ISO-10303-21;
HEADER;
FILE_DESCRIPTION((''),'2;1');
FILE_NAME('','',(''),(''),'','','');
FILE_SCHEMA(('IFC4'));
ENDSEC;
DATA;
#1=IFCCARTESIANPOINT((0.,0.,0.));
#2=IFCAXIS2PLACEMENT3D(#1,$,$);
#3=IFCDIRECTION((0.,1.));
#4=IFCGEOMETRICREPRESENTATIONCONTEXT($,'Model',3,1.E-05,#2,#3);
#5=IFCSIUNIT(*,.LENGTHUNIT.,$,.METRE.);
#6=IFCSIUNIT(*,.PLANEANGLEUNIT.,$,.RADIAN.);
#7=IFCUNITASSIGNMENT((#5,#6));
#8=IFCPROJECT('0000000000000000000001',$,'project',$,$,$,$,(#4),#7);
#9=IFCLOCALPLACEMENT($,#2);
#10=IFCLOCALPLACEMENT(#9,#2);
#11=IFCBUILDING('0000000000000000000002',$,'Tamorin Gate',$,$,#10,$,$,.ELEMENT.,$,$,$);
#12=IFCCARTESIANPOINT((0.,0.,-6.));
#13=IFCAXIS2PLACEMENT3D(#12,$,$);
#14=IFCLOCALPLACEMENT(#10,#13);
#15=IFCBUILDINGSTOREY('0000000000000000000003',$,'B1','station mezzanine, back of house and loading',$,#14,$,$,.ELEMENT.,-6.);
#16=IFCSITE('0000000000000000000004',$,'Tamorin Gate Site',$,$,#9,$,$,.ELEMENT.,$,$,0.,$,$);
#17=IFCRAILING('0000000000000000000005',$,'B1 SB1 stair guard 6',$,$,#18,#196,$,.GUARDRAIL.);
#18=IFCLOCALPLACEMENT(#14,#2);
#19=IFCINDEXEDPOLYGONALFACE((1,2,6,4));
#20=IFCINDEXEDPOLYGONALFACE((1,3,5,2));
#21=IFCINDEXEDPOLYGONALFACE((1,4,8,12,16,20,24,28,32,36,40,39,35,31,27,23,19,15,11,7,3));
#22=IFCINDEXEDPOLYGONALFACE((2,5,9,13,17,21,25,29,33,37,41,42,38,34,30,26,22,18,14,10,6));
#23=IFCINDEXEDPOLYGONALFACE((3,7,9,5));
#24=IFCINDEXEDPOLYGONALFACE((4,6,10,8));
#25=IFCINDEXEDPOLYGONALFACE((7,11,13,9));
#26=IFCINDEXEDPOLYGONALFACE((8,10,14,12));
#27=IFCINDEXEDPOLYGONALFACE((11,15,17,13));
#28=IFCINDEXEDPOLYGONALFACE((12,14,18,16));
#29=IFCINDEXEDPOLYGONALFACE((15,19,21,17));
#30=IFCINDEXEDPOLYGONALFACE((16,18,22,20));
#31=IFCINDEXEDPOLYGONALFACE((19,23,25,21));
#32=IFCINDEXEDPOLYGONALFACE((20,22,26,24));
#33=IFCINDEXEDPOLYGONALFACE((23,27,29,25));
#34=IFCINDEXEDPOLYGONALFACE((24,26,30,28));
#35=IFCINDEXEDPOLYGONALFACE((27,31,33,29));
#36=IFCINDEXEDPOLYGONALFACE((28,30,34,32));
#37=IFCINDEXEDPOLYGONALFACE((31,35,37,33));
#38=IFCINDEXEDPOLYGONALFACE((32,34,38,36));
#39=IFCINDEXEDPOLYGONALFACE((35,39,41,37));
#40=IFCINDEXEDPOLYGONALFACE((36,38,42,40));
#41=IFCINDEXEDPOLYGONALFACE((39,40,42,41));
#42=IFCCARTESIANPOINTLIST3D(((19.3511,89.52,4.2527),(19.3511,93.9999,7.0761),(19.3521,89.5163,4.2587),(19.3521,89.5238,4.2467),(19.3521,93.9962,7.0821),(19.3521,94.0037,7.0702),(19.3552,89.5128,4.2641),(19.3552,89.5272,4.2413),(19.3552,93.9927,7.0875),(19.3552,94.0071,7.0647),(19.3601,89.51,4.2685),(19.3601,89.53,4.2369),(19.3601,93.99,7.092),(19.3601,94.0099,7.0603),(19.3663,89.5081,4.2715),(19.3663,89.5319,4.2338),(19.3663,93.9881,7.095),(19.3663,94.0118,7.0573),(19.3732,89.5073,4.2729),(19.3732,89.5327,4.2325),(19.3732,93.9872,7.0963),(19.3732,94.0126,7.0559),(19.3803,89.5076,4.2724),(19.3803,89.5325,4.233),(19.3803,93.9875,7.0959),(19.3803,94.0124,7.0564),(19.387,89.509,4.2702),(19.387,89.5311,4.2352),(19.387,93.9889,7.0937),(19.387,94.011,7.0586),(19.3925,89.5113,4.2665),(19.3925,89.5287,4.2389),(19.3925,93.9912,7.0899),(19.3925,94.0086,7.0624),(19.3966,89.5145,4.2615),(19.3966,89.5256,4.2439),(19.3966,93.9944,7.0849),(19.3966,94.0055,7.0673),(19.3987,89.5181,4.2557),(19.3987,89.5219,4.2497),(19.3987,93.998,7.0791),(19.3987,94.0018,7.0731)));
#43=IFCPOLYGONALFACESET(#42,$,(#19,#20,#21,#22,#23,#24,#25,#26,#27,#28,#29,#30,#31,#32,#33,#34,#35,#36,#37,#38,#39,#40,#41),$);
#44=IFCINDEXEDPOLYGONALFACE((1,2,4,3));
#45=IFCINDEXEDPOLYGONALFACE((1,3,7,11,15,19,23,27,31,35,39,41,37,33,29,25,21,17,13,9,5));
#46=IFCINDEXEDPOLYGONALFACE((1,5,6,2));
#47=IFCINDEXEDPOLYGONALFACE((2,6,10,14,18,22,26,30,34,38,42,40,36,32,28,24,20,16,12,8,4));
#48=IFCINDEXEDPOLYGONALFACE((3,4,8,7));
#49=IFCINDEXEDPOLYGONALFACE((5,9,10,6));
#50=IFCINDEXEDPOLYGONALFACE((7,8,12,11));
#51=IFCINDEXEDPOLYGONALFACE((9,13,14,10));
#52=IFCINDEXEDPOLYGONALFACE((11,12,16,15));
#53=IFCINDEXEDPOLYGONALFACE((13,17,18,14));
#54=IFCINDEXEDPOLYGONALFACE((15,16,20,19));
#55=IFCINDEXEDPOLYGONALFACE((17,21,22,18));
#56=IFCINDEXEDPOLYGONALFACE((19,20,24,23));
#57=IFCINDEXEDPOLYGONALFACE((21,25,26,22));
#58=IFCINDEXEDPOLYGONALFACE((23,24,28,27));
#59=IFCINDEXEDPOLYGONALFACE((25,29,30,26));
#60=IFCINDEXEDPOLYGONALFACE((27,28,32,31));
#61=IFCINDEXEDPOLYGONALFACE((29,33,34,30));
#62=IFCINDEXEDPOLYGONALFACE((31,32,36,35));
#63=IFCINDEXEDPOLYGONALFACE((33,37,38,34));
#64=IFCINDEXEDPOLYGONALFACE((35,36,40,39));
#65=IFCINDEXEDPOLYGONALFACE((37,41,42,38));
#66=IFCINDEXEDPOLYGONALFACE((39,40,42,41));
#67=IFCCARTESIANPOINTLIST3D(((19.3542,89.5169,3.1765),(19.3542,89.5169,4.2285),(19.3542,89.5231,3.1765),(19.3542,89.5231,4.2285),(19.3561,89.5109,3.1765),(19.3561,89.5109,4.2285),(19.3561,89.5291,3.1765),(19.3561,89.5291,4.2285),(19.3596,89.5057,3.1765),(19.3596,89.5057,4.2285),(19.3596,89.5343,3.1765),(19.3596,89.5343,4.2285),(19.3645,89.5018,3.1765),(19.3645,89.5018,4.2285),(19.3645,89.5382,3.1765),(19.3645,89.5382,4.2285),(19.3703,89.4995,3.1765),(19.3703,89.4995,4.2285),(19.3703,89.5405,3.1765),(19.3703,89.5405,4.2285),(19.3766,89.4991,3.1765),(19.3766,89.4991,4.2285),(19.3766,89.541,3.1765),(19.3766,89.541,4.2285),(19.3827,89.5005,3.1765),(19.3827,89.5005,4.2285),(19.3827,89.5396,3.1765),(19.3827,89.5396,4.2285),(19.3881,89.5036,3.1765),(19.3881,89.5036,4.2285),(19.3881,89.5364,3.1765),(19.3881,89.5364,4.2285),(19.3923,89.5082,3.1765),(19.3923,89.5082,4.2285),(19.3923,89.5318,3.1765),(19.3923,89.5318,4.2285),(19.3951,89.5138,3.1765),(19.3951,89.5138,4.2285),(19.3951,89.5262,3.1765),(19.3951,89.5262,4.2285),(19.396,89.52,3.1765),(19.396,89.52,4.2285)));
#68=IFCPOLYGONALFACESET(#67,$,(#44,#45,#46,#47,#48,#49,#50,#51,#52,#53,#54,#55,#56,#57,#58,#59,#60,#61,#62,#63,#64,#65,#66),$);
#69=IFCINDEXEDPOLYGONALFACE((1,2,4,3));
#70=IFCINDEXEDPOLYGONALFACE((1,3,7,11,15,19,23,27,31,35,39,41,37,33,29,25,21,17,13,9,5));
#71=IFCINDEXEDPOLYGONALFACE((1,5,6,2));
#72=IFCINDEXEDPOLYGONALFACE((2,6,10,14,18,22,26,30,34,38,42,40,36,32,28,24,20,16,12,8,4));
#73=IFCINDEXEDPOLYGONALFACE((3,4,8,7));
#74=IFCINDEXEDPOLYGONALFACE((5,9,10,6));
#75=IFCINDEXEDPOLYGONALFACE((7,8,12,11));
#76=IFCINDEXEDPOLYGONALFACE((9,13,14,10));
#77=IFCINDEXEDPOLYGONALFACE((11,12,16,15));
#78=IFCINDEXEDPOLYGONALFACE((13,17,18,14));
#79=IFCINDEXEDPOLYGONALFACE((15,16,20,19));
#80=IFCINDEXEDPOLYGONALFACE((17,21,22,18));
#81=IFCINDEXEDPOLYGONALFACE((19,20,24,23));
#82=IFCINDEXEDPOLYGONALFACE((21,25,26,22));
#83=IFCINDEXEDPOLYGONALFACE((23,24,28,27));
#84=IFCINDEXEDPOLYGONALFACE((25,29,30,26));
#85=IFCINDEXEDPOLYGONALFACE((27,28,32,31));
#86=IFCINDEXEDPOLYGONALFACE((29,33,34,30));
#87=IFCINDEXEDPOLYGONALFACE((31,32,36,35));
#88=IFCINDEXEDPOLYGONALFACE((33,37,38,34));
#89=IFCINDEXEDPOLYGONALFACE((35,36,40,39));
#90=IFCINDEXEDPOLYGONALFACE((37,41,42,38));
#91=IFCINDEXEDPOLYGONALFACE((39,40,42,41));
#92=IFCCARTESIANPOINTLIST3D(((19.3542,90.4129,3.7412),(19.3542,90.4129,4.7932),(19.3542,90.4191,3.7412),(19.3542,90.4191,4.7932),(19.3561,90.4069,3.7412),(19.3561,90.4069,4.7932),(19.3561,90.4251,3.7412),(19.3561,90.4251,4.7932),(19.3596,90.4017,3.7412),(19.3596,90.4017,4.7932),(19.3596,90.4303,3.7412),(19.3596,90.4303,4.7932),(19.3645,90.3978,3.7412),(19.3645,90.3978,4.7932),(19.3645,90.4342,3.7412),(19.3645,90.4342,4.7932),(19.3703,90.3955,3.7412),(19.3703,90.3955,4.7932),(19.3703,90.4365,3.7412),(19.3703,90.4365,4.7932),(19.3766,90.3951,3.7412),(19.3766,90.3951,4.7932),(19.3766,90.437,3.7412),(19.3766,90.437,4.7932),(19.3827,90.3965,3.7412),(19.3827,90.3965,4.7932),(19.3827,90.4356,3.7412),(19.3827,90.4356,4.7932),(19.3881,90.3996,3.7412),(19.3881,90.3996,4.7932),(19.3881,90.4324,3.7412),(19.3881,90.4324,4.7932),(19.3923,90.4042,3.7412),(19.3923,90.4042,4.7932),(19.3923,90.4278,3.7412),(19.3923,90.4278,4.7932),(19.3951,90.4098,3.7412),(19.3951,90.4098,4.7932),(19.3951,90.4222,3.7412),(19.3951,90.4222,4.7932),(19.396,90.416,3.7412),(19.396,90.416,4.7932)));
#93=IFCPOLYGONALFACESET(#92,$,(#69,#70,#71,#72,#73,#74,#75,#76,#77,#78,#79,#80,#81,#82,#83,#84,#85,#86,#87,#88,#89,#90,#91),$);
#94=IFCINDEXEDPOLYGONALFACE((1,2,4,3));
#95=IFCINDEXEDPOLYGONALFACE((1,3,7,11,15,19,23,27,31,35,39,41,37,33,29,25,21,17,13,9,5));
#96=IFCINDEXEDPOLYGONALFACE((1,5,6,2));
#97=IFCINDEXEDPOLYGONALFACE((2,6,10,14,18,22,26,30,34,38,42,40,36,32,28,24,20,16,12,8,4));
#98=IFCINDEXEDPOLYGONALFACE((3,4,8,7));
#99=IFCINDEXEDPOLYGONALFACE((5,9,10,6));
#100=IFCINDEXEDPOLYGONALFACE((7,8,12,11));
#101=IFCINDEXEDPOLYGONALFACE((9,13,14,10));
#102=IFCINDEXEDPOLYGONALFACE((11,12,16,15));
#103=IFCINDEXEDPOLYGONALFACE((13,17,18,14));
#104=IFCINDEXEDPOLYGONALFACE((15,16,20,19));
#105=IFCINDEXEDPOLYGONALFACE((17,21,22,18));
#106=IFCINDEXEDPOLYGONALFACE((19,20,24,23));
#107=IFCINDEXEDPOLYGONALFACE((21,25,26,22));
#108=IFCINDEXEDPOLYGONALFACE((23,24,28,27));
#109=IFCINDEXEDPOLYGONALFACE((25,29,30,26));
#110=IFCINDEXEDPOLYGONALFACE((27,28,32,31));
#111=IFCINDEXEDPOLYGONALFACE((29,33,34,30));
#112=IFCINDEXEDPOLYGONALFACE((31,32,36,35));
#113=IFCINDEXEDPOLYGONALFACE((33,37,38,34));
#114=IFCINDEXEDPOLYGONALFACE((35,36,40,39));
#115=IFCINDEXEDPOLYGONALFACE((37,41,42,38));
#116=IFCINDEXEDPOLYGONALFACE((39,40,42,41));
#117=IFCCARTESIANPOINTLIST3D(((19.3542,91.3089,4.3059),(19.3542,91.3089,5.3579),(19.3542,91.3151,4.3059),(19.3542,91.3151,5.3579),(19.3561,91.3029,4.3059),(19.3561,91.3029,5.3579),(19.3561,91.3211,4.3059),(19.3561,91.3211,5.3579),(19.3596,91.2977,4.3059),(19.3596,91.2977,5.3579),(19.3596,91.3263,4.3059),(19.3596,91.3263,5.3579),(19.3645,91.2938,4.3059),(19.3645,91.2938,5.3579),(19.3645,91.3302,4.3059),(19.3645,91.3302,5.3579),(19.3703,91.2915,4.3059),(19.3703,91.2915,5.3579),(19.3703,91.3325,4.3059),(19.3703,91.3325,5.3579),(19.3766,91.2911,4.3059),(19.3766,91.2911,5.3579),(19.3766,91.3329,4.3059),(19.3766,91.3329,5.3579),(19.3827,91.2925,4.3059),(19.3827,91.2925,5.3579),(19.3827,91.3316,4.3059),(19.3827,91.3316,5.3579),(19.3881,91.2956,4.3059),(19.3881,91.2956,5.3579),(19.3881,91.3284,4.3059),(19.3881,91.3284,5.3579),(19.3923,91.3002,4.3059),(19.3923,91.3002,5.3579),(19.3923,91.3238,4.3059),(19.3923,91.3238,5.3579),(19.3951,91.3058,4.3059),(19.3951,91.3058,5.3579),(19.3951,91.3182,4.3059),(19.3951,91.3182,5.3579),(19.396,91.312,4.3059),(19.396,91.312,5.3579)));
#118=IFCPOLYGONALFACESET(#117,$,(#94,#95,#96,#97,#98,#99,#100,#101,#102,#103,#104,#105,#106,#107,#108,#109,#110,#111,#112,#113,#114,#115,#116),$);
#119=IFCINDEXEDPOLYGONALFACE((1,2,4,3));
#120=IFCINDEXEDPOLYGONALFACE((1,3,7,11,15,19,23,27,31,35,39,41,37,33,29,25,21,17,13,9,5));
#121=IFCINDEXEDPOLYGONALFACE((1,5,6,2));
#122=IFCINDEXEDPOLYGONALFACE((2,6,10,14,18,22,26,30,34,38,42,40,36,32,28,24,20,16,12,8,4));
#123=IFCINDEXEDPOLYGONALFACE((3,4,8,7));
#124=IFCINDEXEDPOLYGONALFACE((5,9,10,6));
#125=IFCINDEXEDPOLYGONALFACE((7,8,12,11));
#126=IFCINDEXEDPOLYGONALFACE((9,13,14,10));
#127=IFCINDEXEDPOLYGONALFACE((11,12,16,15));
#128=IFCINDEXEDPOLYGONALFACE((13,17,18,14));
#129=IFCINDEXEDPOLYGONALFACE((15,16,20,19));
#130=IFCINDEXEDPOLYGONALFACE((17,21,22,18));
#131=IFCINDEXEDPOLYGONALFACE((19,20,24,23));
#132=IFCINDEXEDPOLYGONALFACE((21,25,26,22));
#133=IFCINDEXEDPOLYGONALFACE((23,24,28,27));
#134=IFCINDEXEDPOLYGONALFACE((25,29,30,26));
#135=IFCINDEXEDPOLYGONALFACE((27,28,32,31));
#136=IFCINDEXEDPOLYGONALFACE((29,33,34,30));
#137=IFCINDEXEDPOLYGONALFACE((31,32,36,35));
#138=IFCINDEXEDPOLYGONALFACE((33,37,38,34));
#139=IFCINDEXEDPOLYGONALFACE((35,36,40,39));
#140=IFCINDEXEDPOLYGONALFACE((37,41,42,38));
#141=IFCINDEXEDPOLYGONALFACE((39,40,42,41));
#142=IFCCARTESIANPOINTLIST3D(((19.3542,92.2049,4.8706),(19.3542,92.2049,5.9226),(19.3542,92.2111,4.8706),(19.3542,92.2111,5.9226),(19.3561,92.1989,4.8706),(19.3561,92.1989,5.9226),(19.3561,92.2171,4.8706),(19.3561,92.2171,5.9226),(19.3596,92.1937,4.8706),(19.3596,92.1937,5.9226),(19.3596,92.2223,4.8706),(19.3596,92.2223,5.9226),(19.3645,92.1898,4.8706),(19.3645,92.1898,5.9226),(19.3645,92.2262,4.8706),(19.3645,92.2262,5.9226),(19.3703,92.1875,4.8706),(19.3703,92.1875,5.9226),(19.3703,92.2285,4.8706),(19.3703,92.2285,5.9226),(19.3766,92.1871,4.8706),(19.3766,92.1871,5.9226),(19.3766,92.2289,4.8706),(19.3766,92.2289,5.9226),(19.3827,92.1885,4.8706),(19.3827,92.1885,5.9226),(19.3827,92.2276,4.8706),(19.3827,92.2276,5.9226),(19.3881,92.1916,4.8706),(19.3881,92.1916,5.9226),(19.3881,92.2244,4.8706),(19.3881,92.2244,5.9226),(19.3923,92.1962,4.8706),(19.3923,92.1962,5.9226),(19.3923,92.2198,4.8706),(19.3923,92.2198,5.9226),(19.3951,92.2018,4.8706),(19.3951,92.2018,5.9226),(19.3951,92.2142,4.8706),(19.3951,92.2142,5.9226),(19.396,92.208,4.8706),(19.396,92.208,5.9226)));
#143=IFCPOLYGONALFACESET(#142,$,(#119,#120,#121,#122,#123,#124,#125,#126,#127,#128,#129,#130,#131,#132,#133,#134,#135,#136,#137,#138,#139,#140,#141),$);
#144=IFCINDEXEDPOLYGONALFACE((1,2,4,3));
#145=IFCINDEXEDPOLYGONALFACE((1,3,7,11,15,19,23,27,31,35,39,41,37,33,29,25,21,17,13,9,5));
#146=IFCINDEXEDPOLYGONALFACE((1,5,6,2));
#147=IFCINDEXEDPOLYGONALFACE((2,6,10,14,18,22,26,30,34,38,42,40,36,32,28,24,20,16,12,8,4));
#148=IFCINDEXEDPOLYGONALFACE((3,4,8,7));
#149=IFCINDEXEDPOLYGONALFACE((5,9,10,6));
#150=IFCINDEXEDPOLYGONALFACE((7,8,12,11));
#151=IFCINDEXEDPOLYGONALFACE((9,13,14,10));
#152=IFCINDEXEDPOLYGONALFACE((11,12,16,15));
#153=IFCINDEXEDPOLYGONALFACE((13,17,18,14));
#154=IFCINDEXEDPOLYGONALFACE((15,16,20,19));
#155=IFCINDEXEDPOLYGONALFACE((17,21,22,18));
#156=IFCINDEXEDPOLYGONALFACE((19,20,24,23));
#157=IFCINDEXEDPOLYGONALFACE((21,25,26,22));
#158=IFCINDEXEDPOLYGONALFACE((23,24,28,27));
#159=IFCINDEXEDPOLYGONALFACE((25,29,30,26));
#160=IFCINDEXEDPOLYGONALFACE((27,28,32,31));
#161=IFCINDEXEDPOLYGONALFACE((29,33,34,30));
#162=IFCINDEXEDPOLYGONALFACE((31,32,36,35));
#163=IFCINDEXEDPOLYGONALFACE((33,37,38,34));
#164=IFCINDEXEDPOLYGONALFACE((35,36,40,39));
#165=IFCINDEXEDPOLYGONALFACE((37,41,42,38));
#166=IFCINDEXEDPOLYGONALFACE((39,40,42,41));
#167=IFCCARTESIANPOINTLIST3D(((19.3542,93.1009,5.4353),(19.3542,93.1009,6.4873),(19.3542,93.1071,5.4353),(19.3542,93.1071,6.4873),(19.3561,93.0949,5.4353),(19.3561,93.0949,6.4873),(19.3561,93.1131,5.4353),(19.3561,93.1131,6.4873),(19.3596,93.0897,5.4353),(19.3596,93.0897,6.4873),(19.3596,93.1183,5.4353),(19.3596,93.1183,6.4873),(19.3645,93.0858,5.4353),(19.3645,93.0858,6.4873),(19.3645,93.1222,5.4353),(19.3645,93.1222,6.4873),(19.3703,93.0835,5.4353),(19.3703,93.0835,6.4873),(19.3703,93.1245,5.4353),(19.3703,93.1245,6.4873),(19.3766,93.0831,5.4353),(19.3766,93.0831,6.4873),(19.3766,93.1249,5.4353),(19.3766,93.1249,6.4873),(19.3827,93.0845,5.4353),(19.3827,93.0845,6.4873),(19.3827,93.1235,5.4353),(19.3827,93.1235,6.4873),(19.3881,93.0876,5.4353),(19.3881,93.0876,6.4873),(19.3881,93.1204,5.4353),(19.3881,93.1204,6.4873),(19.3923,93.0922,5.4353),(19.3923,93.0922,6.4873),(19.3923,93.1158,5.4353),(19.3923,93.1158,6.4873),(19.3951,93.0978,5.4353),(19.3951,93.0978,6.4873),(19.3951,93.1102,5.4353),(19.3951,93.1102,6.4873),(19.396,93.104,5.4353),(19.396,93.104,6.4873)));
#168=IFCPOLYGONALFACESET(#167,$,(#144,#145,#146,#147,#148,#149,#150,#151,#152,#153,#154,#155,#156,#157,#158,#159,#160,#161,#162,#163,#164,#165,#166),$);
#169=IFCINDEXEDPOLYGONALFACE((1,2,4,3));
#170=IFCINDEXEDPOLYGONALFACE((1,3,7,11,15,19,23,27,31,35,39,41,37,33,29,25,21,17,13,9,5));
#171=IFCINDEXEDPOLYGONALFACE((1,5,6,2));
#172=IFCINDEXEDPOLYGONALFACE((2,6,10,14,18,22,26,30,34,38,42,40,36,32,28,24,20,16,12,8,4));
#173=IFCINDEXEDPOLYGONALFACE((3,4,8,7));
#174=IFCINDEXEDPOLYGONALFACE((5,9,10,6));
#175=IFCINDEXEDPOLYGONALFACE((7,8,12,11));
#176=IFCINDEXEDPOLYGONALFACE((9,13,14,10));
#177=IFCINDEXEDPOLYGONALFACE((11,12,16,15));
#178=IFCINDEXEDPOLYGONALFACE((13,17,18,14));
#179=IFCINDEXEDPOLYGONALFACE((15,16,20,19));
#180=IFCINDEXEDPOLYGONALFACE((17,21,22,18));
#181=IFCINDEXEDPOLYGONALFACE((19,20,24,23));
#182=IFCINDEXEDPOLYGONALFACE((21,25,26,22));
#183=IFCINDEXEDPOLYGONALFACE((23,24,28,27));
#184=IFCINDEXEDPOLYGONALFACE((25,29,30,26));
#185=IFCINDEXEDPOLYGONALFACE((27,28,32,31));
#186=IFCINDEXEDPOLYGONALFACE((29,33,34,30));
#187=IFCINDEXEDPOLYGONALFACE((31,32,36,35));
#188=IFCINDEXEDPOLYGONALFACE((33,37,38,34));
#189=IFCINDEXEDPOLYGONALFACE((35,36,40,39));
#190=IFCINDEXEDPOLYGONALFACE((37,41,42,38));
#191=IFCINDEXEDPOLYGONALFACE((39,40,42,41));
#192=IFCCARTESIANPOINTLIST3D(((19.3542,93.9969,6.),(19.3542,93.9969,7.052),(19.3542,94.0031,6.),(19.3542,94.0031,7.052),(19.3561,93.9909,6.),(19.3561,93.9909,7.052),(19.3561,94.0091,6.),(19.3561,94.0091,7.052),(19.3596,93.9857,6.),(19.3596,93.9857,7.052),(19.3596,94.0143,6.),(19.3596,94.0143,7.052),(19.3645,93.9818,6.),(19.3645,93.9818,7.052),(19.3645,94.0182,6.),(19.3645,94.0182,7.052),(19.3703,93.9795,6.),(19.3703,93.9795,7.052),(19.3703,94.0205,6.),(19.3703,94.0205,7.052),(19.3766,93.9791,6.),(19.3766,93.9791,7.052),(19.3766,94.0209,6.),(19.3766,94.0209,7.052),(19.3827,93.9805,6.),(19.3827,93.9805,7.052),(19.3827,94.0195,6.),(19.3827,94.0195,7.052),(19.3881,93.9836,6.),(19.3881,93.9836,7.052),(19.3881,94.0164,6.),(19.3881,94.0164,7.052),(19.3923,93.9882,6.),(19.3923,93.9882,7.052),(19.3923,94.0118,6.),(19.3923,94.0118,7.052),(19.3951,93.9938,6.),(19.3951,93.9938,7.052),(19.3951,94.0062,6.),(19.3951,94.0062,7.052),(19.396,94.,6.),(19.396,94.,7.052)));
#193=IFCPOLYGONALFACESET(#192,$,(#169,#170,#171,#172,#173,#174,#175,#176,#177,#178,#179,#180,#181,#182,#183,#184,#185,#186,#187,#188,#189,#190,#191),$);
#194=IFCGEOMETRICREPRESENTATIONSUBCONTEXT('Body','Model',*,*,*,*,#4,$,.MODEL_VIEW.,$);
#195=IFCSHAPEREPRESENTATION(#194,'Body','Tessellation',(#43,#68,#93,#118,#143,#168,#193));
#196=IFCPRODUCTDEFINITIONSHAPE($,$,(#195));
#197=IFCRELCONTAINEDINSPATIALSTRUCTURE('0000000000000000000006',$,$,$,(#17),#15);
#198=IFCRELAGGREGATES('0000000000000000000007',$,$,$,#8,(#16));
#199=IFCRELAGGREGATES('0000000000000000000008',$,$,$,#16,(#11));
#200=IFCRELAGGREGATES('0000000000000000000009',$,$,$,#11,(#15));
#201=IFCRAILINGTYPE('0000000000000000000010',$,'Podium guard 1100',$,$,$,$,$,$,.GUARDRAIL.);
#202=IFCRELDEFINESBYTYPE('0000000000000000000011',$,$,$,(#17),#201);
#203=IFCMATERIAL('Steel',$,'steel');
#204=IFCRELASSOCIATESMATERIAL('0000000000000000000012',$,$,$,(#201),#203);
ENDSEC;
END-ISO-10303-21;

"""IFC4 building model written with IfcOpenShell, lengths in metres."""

from ifc_helpers import new_model, si_unit, direction, frame, origin, origin_2d, place, context, subcontext, project, spatial, circle, extrude, material, type_object, element, save


model = new_model("IFC4")

# Units and contexts
model_context = context("Model", 3, precision=1e-05, world=origin(), true_north=direction((0.0, 1.0)))
body_context = subcontext(model_context, "Body", "Model", "MODEL_VIEW")
ifc_project = project(units=[si_unit("LENGTHUNIT", "METRE"), si_unit("PLANEANGLEUNIT", "RADIAN")], contexts=[model_context])

# Site, building, storey
site_placement = place(None, origin())
site = spatial("IfcSite", under=ifc_project, at=site_placement, Name="Tamorin Gate Site", CompositionType="ELEMENT", RefElevation=0.0)
building_placement = place(site_placement, origin())
building = spatial("IfcBuilding", under=site, at=building_placement, Name="Tamorin Gate", CompositionType="ELEMENT")
storey_placement = place(building_placement, frame((0.0, 0.0, -6.0)))
storey = spatial("IfcBuildingStorey", under=building, at=storey_placement, Name="B1", Description="station mezzanine, back of house and loading", CompositionType="ELEMENT", Elevation=-6.0)

# Railing
ifc_material_1 = material(Name="Steel", Category="steel")
railing_type_1 = type_object("IfcRailingType", Name="Podium guard 1100", PredefinedType="GUARDRAIL", material=ifc_material_1)
railing_1_placement = place(storey_placement, frame((19.375, 89.52, 3.1765)))
element("IfcRailing", 1, at=railing_1_placement, inside=storey, type_object=railing_type_1, Name="B1 SB1 stair guard 6", PredefinedType="GUARDRAIL", context=body_context, shape_type="SweptSolid", body=[
    extrude(circle(Radius=0.0239, at=origin_2d()), frame((0.0, 0.0, 1.0762), z_axis=(0.0, 0.845998, 0.533186), x_axis=(-1.0, 0.0, 0.0)), (0.0, 0.0, 1.0), 5.2954),
    extrude(circle(Radius=0.021, at=origin_2d()), origin(), (0.0, 0.0, 1.0), 1.052),
    extrude(circle(Radius=0.021, at=origin_2d()), frame((0.0, 0.896, 0.5647)), (0.0, 0.0, 1.0), 1.052),
    extrude(circle(Radius=0.021, at=origin_2d()), frame((0.0, 1.792, 1.1294)), (0.0, 0.0, 1.0), 1.052),
    extrude(circle(Radius=0.021, at=origin_2d()), frame((0.0, 2.688, 1.6941)), (0.0, 0.0, 1.0), 1.052),
    extrude(circle(Radius=0.021, at=origin_2d()), frame((0.0, 3.584, 2.2588)), (0.0, 0.0, 1.0), 1.052),
    extrude(circle(Radius=0.021, at=origin_2d()), frame((0.0, 4.48, 2.8235)), (0.0, 0.0, 1.0), 1.052),
])

save(model, "model.ifc")
